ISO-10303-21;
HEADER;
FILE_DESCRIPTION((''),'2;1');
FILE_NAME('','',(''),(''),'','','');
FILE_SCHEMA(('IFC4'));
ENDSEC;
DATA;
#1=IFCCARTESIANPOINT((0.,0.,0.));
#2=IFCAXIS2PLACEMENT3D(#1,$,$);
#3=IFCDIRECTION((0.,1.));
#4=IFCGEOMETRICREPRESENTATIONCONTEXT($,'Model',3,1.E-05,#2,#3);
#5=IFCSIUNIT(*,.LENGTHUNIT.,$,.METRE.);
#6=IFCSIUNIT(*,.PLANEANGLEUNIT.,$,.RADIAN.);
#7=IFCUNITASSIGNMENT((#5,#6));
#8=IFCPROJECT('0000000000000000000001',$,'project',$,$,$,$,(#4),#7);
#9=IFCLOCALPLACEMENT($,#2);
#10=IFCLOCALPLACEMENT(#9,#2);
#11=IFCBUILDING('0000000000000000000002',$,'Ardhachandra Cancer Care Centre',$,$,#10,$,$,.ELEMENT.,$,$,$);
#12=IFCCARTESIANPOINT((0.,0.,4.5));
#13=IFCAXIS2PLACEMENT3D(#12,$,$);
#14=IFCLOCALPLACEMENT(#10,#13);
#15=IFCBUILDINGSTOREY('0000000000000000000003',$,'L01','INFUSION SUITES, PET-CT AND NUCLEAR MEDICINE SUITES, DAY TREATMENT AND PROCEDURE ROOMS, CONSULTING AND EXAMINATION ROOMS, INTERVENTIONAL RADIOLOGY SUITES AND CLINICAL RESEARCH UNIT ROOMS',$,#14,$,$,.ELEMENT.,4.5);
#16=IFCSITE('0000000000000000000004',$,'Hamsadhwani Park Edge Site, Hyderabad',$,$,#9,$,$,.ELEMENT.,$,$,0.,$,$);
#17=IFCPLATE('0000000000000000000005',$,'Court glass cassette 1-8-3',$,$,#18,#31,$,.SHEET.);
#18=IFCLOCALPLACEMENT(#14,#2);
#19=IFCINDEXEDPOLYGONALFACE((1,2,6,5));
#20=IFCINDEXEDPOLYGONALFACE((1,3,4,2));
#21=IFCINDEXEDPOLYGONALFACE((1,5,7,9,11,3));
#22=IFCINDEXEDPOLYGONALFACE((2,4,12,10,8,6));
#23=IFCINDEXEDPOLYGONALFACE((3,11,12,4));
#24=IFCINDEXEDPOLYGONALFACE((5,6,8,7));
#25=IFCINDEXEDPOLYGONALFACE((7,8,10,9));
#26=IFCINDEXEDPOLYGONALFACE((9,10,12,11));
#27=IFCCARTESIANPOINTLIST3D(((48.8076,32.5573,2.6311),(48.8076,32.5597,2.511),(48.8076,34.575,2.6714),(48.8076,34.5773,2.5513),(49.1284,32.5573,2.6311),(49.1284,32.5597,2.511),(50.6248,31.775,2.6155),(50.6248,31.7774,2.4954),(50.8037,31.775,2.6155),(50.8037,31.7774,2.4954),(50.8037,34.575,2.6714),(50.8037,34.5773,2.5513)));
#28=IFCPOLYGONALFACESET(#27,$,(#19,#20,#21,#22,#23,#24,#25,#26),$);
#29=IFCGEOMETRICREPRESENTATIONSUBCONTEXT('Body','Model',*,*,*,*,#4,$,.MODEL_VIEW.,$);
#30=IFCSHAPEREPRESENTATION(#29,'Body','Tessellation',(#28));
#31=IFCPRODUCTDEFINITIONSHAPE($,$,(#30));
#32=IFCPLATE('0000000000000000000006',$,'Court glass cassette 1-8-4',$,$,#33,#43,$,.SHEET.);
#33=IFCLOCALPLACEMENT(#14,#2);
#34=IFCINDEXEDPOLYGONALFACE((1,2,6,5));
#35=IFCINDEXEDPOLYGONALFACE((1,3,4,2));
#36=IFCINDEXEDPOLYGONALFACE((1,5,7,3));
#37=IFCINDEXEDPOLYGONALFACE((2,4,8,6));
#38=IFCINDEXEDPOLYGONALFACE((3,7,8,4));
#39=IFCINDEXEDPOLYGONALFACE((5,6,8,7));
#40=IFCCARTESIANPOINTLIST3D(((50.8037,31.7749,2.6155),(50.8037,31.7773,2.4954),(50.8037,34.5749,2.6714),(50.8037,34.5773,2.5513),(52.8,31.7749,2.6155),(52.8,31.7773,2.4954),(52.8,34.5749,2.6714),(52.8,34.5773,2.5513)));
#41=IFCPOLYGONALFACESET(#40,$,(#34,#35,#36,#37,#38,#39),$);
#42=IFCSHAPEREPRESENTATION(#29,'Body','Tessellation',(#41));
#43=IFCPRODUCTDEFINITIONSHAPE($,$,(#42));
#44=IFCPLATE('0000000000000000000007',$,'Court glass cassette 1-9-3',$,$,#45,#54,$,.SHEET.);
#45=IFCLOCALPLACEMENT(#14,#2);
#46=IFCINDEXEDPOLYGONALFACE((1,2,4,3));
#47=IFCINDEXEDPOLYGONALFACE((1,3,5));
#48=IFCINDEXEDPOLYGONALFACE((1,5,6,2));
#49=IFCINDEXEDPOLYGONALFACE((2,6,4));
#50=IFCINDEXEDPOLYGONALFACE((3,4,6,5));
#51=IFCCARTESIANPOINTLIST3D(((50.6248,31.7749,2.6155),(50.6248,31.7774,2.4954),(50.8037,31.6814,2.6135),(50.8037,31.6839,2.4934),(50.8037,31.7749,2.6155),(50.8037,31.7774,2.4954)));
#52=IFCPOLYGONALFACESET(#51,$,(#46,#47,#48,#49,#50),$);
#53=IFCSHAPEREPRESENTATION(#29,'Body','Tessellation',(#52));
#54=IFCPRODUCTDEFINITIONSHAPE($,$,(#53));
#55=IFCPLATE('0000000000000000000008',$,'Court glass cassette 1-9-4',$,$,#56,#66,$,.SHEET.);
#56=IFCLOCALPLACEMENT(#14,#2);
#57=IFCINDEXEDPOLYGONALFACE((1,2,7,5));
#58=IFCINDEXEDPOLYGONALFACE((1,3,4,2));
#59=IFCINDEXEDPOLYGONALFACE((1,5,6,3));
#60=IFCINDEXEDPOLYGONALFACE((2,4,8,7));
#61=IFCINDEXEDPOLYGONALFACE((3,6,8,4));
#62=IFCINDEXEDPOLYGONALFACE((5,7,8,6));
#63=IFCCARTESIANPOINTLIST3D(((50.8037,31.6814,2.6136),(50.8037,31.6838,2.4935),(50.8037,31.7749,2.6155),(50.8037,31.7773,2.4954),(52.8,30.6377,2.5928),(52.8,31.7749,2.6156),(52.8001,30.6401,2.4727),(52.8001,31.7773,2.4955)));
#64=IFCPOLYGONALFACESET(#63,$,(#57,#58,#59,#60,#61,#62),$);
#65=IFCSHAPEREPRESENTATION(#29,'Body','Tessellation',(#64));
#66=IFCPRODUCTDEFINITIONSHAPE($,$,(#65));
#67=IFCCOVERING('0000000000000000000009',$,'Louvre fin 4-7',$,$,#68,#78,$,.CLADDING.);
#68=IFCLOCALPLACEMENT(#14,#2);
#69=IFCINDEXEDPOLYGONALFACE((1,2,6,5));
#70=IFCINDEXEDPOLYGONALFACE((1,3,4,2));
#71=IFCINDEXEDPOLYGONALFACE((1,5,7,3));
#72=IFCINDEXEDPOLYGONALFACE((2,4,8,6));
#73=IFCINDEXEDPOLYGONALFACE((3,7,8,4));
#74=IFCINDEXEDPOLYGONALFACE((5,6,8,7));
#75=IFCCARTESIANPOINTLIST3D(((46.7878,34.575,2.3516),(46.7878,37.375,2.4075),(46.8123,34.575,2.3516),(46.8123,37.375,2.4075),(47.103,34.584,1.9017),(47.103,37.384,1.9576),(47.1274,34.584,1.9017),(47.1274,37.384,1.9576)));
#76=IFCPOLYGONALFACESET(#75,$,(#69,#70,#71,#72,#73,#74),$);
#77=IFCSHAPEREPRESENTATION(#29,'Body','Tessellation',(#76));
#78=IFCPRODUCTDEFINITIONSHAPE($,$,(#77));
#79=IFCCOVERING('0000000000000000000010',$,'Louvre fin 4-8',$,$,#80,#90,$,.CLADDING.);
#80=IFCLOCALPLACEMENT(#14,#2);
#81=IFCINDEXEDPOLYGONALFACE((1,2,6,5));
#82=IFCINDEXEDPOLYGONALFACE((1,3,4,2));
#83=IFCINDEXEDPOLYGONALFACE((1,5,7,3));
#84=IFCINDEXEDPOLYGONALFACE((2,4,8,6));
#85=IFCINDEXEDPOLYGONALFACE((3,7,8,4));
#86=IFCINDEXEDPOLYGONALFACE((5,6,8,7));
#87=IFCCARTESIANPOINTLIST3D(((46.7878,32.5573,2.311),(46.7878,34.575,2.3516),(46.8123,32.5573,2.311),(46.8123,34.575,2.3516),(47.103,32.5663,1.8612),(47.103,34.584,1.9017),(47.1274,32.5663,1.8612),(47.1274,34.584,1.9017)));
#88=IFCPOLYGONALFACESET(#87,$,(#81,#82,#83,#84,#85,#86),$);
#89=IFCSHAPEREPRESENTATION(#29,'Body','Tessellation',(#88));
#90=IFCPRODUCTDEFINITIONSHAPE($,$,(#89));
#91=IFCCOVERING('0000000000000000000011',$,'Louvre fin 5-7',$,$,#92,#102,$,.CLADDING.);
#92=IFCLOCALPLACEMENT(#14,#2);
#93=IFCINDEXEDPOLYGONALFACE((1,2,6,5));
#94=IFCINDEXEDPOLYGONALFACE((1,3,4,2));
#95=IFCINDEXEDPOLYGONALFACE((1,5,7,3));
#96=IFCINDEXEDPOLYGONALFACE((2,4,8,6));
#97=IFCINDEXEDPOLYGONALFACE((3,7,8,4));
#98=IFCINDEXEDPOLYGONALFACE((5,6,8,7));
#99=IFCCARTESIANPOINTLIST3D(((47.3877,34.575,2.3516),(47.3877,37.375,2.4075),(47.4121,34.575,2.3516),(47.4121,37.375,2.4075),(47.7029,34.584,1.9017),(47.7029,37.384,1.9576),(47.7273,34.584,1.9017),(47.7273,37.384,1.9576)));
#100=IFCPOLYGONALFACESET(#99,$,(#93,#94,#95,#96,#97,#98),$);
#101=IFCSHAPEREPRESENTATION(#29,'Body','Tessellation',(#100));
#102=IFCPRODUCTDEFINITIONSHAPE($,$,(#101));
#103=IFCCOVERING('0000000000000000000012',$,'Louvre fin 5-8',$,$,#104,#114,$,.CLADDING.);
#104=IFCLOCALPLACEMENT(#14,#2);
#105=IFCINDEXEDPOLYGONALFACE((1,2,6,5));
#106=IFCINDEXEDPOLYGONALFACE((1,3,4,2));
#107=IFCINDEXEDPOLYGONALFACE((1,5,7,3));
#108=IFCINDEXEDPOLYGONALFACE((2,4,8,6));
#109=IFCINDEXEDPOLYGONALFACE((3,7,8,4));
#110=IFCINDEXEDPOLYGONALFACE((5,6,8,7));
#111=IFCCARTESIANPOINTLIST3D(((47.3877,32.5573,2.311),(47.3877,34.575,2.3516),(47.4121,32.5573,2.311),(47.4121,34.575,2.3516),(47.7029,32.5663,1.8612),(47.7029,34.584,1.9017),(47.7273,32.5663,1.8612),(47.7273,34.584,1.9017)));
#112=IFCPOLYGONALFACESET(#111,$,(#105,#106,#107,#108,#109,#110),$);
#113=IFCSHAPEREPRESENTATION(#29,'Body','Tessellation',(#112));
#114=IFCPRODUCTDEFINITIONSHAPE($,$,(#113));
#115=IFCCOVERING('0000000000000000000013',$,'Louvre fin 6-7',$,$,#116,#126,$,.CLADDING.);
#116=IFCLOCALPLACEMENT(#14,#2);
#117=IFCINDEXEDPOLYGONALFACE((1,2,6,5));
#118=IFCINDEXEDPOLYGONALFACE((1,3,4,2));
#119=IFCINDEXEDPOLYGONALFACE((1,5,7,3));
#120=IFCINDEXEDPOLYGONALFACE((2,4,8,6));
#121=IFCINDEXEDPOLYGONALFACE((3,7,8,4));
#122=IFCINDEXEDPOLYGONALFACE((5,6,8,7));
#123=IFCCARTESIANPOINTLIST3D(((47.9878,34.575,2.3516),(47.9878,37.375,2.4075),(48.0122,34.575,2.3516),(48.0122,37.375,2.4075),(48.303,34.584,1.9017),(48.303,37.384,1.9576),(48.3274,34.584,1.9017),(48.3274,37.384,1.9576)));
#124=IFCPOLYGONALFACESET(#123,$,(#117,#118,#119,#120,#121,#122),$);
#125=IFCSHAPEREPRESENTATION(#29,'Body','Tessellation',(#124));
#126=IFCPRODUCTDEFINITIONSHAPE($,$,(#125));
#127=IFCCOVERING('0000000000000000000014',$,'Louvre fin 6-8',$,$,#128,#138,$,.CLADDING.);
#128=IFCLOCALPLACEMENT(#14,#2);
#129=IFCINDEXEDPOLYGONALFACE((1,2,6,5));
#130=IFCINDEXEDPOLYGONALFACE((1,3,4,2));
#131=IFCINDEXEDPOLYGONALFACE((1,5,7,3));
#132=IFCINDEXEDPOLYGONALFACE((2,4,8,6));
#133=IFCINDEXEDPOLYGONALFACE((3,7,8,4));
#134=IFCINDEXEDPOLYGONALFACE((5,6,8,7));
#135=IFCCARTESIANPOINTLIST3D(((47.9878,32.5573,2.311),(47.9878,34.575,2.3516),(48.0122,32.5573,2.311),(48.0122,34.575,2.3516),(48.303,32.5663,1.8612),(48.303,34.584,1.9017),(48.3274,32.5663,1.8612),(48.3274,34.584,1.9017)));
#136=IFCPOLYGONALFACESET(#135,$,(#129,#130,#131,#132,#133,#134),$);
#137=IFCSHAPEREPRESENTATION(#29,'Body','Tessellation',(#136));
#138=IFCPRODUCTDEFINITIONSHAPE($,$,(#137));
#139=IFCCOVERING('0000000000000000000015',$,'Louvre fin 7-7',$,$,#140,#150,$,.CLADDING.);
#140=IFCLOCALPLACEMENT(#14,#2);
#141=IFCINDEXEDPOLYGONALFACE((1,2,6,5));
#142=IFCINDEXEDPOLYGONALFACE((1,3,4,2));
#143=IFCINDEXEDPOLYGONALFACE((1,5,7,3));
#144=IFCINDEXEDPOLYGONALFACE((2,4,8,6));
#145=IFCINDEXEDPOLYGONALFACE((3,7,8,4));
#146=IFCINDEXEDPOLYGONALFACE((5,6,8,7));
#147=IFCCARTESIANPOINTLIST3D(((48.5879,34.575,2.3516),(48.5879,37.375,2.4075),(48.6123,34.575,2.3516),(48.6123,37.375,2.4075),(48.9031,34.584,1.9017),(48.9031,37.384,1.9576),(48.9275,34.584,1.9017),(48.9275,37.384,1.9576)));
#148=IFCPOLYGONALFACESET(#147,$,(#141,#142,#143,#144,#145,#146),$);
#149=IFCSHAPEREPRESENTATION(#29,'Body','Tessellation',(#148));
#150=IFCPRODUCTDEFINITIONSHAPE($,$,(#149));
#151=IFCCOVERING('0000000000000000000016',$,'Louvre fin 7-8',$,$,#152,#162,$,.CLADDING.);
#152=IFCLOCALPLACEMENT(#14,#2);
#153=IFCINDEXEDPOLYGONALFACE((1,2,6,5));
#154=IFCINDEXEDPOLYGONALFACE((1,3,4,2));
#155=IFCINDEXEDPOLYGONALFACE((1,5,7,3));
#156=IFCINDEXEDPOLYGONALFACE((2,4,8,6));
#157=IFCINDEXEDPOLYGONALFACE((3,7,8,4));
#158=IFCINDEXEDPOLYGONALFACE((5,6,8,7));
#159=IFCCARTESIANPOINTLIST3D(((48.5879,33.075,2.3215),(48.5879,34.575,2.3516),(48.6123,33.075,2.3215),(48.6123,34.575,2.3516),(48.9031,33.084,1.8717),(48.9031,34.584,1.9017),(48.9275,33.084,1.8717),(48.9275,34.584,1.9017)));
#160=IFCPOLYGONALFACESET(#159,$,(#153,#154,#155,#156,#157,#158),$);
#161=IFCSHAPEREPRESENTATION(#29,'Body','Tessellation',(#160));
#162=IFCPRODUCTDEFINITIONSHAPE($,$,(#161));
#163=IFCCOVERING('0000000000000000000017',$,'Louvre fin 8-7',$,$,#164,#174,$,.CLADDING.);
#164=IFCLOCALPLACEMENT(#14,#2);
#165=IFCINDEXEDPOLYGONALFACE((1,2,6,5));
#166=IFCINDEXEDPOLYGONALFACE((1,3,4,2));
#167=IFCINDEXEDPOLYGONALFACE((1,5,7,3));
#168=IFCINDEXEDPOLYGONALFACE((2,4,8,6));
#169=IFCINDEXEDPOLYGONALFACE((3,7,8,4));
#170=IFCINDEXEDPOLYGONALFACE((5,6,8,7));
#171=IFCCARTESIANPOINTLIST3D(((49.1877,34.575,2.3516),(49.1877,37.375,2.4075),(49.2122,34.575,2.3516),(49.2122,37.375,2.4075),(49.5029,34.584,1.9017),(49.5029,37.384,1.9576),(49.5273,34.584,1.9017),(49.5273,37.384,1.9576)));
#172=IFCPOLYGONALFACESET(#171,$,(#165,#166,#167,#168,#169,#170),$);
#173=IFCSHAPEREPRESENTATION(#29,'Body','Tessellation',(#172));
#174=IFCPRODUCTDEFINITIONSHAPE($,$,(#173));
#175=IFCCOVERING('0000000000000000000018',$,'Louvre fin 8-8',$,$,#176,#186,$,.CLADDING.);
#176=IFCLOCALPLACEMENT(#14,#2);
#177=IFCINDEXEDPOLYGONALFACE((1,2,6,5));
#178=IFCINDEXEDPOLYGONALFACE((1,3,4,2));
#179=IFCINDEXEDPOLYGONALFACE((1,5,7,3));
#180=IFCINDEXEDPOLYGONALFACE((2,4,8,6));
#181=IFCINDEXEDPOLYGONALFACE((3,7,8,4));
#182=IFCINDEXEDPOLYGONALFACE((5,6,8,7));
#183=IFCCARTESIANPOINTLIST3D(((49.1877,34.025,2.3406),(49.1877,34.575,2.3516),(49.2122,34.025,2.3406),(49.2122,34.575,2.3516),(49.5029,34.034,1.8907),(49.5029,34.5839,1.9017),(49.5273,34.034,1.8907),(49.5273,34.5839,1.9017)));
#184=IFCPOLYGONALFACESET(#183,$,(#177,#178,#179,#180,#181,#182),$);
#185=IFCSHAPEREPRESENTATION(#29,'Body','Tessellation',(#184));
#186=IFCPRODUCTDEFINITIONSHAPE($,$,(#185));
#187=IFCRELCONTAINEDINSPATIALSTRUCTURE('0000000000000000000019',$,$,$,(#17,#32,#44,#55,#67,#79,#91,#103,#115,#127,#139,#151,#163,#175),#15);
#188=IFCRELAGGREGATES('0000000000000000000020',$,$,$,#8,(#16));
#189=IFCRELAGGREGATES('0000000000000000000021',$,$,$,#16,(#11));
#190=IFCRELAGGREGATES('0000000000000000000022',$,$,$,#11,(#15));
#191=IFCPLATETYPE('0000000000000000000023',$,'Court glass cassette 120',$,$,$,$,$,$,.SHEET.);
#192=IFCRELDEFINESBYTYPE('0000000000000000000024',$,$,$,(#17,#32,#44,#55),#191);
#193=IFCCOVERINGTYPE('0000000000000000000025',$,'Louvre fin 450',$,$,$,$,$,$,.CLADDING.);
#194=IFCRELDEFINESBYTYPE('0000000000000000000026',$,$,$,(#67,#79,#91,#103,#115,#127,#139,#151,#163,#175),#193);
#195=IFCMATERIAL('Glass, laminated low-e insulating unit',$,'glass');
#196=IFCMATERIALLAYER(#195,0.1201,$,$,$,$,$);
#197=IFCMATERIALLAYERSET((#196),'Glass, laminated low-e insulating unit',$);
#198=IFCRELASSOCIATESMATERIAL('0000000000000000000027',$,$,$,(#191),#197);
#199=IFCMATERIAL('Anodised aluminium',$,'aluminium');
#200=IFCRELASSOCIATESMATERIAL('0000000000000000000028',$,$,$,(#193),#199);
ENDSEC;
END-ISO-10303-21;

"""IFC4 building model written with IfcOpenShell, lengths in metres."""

from ifc_helpers import new_model, si_unit, direction, frame, origin, place, context, subcontext, project, spatial, polyline, outline, extrude, material, layer, layer_set, material_profile, profile_set, type_object, element, save


model = new_model("IFC4")

# Units and contexts
model_context = context("Model", 3, precision=1e-05, world=origin(), true_north=direction((0.0, 1.0)))
body_context = subcontext(model_context, "Body", "Model", "MODEL_VIEW")
ifc_project = project(units=[si_unit("LENGTHUNIT", "METRE"), si_unit("PLANEANGLEUNIT", "RADIAN")], contexts=[model_context])

# Site, building, storey
site_placement = place(None, origin())
site = spatial("IfcSite", under=ifc_project, at=site_placement, Name="Hamsadhwani Park Edge Site, Hyderabad", CompositionType="ELEMENT", RefElevation=0.0)
building_placement = place(site_placement, origin())
building = spatial("IfcBuilding", under=site, at=building_placement, Name="Ardhachandra Cancer Care Centre", CompositionType="ELEMENT")
storey_placement = place(building_placement, frame((0.0, 0.0, 4.5)))
storey = spatial("IfcBuildingStorey", under=building, at=storey_placement, Name="L01", Description="INFUSION SUITES, PET-CT AND NUCLEAR MEDICINE SUITES, DAY TREATMENT AND PROCEDURE ROOMS, CONSULTING AND EXAMINATION ROOMS, INTERVENTIONAL RADIOLOGY SUITES AND CLINICAL RESEARCH UNIT ROOMS", CompositionType="ELEMENT", Elevation=4.5)

# Plates
ifc_material_1 = material(Name="Glass, laminated low-e insulating unit", Category="glass")
ifc_layer = layer(ifc_material_1, 0.1201)
ifc_layer_set = layer_set([ifc_layer], Name="Glass, laminated low-e insulating unit")
plate_type = type_object("IfcPlateType", Name="Court glass cassette 120", PredefinedType="SHEET", material=ifc_layer_set)
plate_1_placement = place(storey_placement, frame((48.8076, 34.575, 2.6714), z_axis=(0.0, -0.019963, 0.999801), x_axis=(1.0, 0.0, 0.0)))
element("IfcPlate", 1, at=plate_1_placement, inside=storey, type_object=plate_type, Name="Court glass cassette 1-8-3", PredefinedType="SHEET", context=body_context, shape_type="SweptSolid", body=[
    extrude(outline(polyline([(0.0, -2.0181), (0.3208, -2.0181), (1.8171, -2.8005), (1.9961, -2.8005), (1.9961, 0.0), (0.0, 0.0), (0.0, -2.0181)])), frame((0.0, 0.0, -0.1201)), (0.0, 0.0, 1.0), 0.1201),
])
plate_2_placement = place(storey_placement, frame((50.8037, 31.7749, 2.6155), z_axis=(0.0, -0.019963, 0.999801), x_axis=(0.0, 0.999801, 0.019963)))
element("IfcPlate", 2, at=plate_2_placement, inside=storey, type_object=plate_type, Name="Court glass cassette 1-8-4", PredefinedType="SHEET", context=body_context, shape_type="SweptSolid", body=[
    extrude(outline(polyline([(0.0, -1.9963), (2.8005, -1.9963), (2.8005, 0.0), (0.0, 0.0), (0.0, -1.9963)])), frame((0.0, 0.0, -0.1201)), (0.0, 0.0, 1.0), 0.1201),
])
plate_3_placement = place(storey_placement, frame((50.8037, 31.7749, 2.6155), z_axis=(0.0, -0.020883, 0.999782), x_axis=(0.0, -0.999782, -0.020883)))
element("IfcPlate", 3, at=plate_3_placement, inside=storey, type_object=plate_type, Name="Court glass cassette 1-9-3", PredefinedType="SHEET", context=body_context, shape_type="SweptSolid", body=[
    extrude(outline(polyline([(0.0, -0.179), (0.0935, 0.0), (0.0, 0.0), (0.0, -0.179)])), frame((0.0, 0.0, -0.1201)), (0.0, 0.0, 1.0), 0.1201),
])
plate_4_placement = place(storey_placement, frame((50.8037, 31.7749, 2.6155), z_axis=(-0.00004, -0.020032, 0.999799), x_axis=(1.0, -0.000001, 0.00004)))
element("IfcPlate", 4, at=plate_4_placement, inside=storey, type_object=plate_type, Name="Court glass cassette 1-9-4", PredefinedType="SHEET", context=body_context, shape_type="SweptSolid", body=[
    extrude(outline(polyline([(0.0, -0.0935), (1.9963, -1.1375), (1.9963, 0.0), (0.0, 0.0), (0.0, -0.0935)])), frame((0.0, 0.0, -0.1201)), (0.0, 0.0, 1.0), 0.1201),
])

# Coverings
ifc_material_2 = material(Name="Anodised aluminium", Category="aluminium")
ifc_material_profile_1 = material_profile(ifc_material_2, outline(polyline([(-0.0122, 0.0), (0.0122, 0.0), (0.3274, -0.45), (0.303, -0.45), (-0.0122, 0.0)])), Name="Louvre fin 450")
ifc_profile_set_1 = profile_set([ifc_material_profile_1], Name="Anodised aluminium")
covering_type = type_object("IfcCoveringType", Name="Louvre fin 450", PredefinedType="CLADDING", material=ifc_profile_set_1)
covering_1_placement = place(storey_placement, frame((46.8, 37.375, 2.4075), z_axis=(0.0, -0.999801, -0.019963), x_axis=(1.0, 0.0, 0.0)))
element("IfcCovering", 5, at=covering_1_placement, inside=storey, type_object=covering_type, Name="Louvre fin 4-7", PredefinedType="CLADDING", context=body_context, shape_type="SweptSolid", body=[
    extrude(outline(polyline([(-0.0122, 0.0), (0.0122, 0.0), (0.3274, -0.45), (0.303, -0.45), (-0.0122, 0.0)])), origin(), (0.0, 0.0, 1.0), 2.8005),
])
covering_2_placement = place(storey_placement, frame((46.8, 34.575, 2.3516), z_axis=(0.0, -0.999798, -0.020083), x_axis=(1.0, 0.0, 0.0)))
element("IfcCovering", 6, at=covering_2_placement, inside=storey, type_object=covering_type, Name="Louvre fin 4-8", PredefinedType="CLADDING", context=body_context, shape_type="SweptSolid", body=[
    extrude(outline(polyline([(-0.0122, 0.0), (0.0122, 0.0), (0.3274, -0.45), (0.303, -0.45), (-0.0122, 0.0)])), origin(), (0.0, 0.0, 1.0), 2.0181),
])
covering_3_placement = place(storey_placement, frame((47.3999, 37.375, 2.4075), z_axis=(0.0, -0.999801, -0.019963), x_axis=(1.0, 0.0, 0.0)))
element("IfcCovering", 7, at=covering_3_placement, inside=storey, type_object=covering_type, Name="Louvre fin 5-7", PredefinedType="CLADDING", context=body_context, shape_type="SweptSolid", body=[
    extrude(outline(polyline([(-0.0122, 0.0), (0.0122, 0.0), (0.3274, -0.45), (0.303, -0.45), (-0.0122, 0.0)])), origin(), (0.0, 0.0, 1.0), 2.8005),
])
covering_4_placement = place(storey_placement, frame((47.3999, 34.575, 2.3516), z_axis=(0.0, -0.999798, -0.020083), x_axis=(1.0, 0.0, 0.0)))
element("IfcCovering", 8, at=covering_4_placement, inside=storey, type_object=covering_type, Name="Louvre fin 5-8", PredefinedType="CLADDING", context=body_context, shape_type="SweptSolid", body=[
    extrude(outline(polyline([(-0.0122, 0.0), (0.0122, 0.0), (0.3274, -0.45), (0.303, -0.45), (-0.0122, 0.0)])), origin(), (0.0, 0.0, 1.0), 2.0181),
])
covering_5_placement = place(storey_placement, frame((48.0, 37.375, 2.4075), z_axis=(0.0, -0.999801, -0.019963), x_axis=(1.0, 0.0, 0.0)))
element("IfcCovering", 9, at=covering_5_placement, inside=storey, type_object=covering_type, Name="Louvre fin 6-7", PredefinedType="CLADDING", context=body_context, shape_type="SweptSolid", body=[
    extrude(outline(polyline([(-0.0122, 0.0), (0.0122, 0.0), (0.3274, -0.45), (0.303, -0.45), (-0.0122, 0.0)])), origin(), (0.0, 0.0, 1.0), 2.8005),
])
covering_6_placement = place(storey_placement, frame((48.0, 34.575, 2.3516), z_axis=(0.0, -0.999798, -0.020083), x_axis=(1.0, 0.0, 0.0)))
element("IfcCovering", 10, at=covering_6_placement, inside=storey, type_object=covering_type, Name="Louvre fin 6-8", PredefinedType="CLADDING", context=body_context, shape_type="SweptSolid", body=[
    extrude(outline(polyline([(-0.0122, 0.0), (0.0122, 0.0), (0.3274, -0.45), (0.303, -0.45), (-0.0122, 0.0)])), origin(), (0.0, 0.0, 1.0), 2.0181),
])
covering_7_placement = place(storey_placement, frame((48.6001, 37.375, 2.4075), z_axis=(0.0, -0.999801, -0.019963), x_axis=(1.0, 0.0, 0.0)))
element("IfcCovering", 11, at=covering_7_placement, inside=storey, type_object=covering_type, Name="Louvre fin 7-7", PredefinedType="CLADDING", context=body_context, shape_type="SweptSolid", body=[
    extrude(outline(polyline([(-0.0122, 0.0), (0.0122, 0.0), (0.3274, -0.45), (0.303, -0.45), (-0.0122, 0.0)])), origin(), (0.0, 0.0, 1.0), 2.8005),
])
covering_8_placement = place(storey_placement, frame((48.6001, 34.575, 2.3516), z_axis=(0.0, -0.9998, -0.020016), x_axis=(1.0, 0.0, 0.0)))
element("IfcCovering", 12, at=covering_8_placement, inside=storey, type_object=covering_type, Name="Louvre fin 7-8", PredefinedType="CLADDING", context=body_context, shape_type="SweptSolid", body=[
    extrude(outline(polyline([(-0.0122, 0.0), (0.0122, 0.0), (0.3274, -0.45), (0.303, -0.45), (-0.0122, 0.0)])), origin(), (0.0, 0.0, 1.0), 1.5002),
])
covering_9_placement = place(storey_placement, frame((49.2, 37.375, 2.4075), z_axis=(0.0, -0.999801, -0.019963), x_axis=(1.0, 0.0, 0.0)))
element("IfcCovering", 13, at=covering_9_placement, inside=storey, type_object=covering_type, Name="Louvre fin 8-7", PredefinedType="CLADDING", context=body_context, shape_type="SweptSolid", body=[
    extrude(outline(polyline([(-0.0122, 0.0), (0.0122, 0.0), (0.3274, -0.45), (0.303, -0.45), (-0.0122, 0.0)])), origin(), (0.0, 0.0, 1.0), 2.8005),
])
covering_10_placement = place(storey_placement, frame((49.2, 34.575, 2.3516), z_axis=(0.0, -0.999801, -0.019969), x_axis=(1.0, 0.0, 0.0)))
element("IfcCovering", 14, at=covering_10_placement, inside=storey, type_object=covering_type, Name="Louvre fin 8-8", PredefinedType="CLADDING", context=body_context, shape_type="SweptSolid", body=[
    extrude(outline(polyline([(-0.0122, 0.0), (0.0122, 0.0), (0.3274, -0.45), (0.303, -0.45), (-0.0122, 0.0)])), origin(), (0.0, 0.0, 1.0), 0.55),
])

save(model, "model.ifc")
